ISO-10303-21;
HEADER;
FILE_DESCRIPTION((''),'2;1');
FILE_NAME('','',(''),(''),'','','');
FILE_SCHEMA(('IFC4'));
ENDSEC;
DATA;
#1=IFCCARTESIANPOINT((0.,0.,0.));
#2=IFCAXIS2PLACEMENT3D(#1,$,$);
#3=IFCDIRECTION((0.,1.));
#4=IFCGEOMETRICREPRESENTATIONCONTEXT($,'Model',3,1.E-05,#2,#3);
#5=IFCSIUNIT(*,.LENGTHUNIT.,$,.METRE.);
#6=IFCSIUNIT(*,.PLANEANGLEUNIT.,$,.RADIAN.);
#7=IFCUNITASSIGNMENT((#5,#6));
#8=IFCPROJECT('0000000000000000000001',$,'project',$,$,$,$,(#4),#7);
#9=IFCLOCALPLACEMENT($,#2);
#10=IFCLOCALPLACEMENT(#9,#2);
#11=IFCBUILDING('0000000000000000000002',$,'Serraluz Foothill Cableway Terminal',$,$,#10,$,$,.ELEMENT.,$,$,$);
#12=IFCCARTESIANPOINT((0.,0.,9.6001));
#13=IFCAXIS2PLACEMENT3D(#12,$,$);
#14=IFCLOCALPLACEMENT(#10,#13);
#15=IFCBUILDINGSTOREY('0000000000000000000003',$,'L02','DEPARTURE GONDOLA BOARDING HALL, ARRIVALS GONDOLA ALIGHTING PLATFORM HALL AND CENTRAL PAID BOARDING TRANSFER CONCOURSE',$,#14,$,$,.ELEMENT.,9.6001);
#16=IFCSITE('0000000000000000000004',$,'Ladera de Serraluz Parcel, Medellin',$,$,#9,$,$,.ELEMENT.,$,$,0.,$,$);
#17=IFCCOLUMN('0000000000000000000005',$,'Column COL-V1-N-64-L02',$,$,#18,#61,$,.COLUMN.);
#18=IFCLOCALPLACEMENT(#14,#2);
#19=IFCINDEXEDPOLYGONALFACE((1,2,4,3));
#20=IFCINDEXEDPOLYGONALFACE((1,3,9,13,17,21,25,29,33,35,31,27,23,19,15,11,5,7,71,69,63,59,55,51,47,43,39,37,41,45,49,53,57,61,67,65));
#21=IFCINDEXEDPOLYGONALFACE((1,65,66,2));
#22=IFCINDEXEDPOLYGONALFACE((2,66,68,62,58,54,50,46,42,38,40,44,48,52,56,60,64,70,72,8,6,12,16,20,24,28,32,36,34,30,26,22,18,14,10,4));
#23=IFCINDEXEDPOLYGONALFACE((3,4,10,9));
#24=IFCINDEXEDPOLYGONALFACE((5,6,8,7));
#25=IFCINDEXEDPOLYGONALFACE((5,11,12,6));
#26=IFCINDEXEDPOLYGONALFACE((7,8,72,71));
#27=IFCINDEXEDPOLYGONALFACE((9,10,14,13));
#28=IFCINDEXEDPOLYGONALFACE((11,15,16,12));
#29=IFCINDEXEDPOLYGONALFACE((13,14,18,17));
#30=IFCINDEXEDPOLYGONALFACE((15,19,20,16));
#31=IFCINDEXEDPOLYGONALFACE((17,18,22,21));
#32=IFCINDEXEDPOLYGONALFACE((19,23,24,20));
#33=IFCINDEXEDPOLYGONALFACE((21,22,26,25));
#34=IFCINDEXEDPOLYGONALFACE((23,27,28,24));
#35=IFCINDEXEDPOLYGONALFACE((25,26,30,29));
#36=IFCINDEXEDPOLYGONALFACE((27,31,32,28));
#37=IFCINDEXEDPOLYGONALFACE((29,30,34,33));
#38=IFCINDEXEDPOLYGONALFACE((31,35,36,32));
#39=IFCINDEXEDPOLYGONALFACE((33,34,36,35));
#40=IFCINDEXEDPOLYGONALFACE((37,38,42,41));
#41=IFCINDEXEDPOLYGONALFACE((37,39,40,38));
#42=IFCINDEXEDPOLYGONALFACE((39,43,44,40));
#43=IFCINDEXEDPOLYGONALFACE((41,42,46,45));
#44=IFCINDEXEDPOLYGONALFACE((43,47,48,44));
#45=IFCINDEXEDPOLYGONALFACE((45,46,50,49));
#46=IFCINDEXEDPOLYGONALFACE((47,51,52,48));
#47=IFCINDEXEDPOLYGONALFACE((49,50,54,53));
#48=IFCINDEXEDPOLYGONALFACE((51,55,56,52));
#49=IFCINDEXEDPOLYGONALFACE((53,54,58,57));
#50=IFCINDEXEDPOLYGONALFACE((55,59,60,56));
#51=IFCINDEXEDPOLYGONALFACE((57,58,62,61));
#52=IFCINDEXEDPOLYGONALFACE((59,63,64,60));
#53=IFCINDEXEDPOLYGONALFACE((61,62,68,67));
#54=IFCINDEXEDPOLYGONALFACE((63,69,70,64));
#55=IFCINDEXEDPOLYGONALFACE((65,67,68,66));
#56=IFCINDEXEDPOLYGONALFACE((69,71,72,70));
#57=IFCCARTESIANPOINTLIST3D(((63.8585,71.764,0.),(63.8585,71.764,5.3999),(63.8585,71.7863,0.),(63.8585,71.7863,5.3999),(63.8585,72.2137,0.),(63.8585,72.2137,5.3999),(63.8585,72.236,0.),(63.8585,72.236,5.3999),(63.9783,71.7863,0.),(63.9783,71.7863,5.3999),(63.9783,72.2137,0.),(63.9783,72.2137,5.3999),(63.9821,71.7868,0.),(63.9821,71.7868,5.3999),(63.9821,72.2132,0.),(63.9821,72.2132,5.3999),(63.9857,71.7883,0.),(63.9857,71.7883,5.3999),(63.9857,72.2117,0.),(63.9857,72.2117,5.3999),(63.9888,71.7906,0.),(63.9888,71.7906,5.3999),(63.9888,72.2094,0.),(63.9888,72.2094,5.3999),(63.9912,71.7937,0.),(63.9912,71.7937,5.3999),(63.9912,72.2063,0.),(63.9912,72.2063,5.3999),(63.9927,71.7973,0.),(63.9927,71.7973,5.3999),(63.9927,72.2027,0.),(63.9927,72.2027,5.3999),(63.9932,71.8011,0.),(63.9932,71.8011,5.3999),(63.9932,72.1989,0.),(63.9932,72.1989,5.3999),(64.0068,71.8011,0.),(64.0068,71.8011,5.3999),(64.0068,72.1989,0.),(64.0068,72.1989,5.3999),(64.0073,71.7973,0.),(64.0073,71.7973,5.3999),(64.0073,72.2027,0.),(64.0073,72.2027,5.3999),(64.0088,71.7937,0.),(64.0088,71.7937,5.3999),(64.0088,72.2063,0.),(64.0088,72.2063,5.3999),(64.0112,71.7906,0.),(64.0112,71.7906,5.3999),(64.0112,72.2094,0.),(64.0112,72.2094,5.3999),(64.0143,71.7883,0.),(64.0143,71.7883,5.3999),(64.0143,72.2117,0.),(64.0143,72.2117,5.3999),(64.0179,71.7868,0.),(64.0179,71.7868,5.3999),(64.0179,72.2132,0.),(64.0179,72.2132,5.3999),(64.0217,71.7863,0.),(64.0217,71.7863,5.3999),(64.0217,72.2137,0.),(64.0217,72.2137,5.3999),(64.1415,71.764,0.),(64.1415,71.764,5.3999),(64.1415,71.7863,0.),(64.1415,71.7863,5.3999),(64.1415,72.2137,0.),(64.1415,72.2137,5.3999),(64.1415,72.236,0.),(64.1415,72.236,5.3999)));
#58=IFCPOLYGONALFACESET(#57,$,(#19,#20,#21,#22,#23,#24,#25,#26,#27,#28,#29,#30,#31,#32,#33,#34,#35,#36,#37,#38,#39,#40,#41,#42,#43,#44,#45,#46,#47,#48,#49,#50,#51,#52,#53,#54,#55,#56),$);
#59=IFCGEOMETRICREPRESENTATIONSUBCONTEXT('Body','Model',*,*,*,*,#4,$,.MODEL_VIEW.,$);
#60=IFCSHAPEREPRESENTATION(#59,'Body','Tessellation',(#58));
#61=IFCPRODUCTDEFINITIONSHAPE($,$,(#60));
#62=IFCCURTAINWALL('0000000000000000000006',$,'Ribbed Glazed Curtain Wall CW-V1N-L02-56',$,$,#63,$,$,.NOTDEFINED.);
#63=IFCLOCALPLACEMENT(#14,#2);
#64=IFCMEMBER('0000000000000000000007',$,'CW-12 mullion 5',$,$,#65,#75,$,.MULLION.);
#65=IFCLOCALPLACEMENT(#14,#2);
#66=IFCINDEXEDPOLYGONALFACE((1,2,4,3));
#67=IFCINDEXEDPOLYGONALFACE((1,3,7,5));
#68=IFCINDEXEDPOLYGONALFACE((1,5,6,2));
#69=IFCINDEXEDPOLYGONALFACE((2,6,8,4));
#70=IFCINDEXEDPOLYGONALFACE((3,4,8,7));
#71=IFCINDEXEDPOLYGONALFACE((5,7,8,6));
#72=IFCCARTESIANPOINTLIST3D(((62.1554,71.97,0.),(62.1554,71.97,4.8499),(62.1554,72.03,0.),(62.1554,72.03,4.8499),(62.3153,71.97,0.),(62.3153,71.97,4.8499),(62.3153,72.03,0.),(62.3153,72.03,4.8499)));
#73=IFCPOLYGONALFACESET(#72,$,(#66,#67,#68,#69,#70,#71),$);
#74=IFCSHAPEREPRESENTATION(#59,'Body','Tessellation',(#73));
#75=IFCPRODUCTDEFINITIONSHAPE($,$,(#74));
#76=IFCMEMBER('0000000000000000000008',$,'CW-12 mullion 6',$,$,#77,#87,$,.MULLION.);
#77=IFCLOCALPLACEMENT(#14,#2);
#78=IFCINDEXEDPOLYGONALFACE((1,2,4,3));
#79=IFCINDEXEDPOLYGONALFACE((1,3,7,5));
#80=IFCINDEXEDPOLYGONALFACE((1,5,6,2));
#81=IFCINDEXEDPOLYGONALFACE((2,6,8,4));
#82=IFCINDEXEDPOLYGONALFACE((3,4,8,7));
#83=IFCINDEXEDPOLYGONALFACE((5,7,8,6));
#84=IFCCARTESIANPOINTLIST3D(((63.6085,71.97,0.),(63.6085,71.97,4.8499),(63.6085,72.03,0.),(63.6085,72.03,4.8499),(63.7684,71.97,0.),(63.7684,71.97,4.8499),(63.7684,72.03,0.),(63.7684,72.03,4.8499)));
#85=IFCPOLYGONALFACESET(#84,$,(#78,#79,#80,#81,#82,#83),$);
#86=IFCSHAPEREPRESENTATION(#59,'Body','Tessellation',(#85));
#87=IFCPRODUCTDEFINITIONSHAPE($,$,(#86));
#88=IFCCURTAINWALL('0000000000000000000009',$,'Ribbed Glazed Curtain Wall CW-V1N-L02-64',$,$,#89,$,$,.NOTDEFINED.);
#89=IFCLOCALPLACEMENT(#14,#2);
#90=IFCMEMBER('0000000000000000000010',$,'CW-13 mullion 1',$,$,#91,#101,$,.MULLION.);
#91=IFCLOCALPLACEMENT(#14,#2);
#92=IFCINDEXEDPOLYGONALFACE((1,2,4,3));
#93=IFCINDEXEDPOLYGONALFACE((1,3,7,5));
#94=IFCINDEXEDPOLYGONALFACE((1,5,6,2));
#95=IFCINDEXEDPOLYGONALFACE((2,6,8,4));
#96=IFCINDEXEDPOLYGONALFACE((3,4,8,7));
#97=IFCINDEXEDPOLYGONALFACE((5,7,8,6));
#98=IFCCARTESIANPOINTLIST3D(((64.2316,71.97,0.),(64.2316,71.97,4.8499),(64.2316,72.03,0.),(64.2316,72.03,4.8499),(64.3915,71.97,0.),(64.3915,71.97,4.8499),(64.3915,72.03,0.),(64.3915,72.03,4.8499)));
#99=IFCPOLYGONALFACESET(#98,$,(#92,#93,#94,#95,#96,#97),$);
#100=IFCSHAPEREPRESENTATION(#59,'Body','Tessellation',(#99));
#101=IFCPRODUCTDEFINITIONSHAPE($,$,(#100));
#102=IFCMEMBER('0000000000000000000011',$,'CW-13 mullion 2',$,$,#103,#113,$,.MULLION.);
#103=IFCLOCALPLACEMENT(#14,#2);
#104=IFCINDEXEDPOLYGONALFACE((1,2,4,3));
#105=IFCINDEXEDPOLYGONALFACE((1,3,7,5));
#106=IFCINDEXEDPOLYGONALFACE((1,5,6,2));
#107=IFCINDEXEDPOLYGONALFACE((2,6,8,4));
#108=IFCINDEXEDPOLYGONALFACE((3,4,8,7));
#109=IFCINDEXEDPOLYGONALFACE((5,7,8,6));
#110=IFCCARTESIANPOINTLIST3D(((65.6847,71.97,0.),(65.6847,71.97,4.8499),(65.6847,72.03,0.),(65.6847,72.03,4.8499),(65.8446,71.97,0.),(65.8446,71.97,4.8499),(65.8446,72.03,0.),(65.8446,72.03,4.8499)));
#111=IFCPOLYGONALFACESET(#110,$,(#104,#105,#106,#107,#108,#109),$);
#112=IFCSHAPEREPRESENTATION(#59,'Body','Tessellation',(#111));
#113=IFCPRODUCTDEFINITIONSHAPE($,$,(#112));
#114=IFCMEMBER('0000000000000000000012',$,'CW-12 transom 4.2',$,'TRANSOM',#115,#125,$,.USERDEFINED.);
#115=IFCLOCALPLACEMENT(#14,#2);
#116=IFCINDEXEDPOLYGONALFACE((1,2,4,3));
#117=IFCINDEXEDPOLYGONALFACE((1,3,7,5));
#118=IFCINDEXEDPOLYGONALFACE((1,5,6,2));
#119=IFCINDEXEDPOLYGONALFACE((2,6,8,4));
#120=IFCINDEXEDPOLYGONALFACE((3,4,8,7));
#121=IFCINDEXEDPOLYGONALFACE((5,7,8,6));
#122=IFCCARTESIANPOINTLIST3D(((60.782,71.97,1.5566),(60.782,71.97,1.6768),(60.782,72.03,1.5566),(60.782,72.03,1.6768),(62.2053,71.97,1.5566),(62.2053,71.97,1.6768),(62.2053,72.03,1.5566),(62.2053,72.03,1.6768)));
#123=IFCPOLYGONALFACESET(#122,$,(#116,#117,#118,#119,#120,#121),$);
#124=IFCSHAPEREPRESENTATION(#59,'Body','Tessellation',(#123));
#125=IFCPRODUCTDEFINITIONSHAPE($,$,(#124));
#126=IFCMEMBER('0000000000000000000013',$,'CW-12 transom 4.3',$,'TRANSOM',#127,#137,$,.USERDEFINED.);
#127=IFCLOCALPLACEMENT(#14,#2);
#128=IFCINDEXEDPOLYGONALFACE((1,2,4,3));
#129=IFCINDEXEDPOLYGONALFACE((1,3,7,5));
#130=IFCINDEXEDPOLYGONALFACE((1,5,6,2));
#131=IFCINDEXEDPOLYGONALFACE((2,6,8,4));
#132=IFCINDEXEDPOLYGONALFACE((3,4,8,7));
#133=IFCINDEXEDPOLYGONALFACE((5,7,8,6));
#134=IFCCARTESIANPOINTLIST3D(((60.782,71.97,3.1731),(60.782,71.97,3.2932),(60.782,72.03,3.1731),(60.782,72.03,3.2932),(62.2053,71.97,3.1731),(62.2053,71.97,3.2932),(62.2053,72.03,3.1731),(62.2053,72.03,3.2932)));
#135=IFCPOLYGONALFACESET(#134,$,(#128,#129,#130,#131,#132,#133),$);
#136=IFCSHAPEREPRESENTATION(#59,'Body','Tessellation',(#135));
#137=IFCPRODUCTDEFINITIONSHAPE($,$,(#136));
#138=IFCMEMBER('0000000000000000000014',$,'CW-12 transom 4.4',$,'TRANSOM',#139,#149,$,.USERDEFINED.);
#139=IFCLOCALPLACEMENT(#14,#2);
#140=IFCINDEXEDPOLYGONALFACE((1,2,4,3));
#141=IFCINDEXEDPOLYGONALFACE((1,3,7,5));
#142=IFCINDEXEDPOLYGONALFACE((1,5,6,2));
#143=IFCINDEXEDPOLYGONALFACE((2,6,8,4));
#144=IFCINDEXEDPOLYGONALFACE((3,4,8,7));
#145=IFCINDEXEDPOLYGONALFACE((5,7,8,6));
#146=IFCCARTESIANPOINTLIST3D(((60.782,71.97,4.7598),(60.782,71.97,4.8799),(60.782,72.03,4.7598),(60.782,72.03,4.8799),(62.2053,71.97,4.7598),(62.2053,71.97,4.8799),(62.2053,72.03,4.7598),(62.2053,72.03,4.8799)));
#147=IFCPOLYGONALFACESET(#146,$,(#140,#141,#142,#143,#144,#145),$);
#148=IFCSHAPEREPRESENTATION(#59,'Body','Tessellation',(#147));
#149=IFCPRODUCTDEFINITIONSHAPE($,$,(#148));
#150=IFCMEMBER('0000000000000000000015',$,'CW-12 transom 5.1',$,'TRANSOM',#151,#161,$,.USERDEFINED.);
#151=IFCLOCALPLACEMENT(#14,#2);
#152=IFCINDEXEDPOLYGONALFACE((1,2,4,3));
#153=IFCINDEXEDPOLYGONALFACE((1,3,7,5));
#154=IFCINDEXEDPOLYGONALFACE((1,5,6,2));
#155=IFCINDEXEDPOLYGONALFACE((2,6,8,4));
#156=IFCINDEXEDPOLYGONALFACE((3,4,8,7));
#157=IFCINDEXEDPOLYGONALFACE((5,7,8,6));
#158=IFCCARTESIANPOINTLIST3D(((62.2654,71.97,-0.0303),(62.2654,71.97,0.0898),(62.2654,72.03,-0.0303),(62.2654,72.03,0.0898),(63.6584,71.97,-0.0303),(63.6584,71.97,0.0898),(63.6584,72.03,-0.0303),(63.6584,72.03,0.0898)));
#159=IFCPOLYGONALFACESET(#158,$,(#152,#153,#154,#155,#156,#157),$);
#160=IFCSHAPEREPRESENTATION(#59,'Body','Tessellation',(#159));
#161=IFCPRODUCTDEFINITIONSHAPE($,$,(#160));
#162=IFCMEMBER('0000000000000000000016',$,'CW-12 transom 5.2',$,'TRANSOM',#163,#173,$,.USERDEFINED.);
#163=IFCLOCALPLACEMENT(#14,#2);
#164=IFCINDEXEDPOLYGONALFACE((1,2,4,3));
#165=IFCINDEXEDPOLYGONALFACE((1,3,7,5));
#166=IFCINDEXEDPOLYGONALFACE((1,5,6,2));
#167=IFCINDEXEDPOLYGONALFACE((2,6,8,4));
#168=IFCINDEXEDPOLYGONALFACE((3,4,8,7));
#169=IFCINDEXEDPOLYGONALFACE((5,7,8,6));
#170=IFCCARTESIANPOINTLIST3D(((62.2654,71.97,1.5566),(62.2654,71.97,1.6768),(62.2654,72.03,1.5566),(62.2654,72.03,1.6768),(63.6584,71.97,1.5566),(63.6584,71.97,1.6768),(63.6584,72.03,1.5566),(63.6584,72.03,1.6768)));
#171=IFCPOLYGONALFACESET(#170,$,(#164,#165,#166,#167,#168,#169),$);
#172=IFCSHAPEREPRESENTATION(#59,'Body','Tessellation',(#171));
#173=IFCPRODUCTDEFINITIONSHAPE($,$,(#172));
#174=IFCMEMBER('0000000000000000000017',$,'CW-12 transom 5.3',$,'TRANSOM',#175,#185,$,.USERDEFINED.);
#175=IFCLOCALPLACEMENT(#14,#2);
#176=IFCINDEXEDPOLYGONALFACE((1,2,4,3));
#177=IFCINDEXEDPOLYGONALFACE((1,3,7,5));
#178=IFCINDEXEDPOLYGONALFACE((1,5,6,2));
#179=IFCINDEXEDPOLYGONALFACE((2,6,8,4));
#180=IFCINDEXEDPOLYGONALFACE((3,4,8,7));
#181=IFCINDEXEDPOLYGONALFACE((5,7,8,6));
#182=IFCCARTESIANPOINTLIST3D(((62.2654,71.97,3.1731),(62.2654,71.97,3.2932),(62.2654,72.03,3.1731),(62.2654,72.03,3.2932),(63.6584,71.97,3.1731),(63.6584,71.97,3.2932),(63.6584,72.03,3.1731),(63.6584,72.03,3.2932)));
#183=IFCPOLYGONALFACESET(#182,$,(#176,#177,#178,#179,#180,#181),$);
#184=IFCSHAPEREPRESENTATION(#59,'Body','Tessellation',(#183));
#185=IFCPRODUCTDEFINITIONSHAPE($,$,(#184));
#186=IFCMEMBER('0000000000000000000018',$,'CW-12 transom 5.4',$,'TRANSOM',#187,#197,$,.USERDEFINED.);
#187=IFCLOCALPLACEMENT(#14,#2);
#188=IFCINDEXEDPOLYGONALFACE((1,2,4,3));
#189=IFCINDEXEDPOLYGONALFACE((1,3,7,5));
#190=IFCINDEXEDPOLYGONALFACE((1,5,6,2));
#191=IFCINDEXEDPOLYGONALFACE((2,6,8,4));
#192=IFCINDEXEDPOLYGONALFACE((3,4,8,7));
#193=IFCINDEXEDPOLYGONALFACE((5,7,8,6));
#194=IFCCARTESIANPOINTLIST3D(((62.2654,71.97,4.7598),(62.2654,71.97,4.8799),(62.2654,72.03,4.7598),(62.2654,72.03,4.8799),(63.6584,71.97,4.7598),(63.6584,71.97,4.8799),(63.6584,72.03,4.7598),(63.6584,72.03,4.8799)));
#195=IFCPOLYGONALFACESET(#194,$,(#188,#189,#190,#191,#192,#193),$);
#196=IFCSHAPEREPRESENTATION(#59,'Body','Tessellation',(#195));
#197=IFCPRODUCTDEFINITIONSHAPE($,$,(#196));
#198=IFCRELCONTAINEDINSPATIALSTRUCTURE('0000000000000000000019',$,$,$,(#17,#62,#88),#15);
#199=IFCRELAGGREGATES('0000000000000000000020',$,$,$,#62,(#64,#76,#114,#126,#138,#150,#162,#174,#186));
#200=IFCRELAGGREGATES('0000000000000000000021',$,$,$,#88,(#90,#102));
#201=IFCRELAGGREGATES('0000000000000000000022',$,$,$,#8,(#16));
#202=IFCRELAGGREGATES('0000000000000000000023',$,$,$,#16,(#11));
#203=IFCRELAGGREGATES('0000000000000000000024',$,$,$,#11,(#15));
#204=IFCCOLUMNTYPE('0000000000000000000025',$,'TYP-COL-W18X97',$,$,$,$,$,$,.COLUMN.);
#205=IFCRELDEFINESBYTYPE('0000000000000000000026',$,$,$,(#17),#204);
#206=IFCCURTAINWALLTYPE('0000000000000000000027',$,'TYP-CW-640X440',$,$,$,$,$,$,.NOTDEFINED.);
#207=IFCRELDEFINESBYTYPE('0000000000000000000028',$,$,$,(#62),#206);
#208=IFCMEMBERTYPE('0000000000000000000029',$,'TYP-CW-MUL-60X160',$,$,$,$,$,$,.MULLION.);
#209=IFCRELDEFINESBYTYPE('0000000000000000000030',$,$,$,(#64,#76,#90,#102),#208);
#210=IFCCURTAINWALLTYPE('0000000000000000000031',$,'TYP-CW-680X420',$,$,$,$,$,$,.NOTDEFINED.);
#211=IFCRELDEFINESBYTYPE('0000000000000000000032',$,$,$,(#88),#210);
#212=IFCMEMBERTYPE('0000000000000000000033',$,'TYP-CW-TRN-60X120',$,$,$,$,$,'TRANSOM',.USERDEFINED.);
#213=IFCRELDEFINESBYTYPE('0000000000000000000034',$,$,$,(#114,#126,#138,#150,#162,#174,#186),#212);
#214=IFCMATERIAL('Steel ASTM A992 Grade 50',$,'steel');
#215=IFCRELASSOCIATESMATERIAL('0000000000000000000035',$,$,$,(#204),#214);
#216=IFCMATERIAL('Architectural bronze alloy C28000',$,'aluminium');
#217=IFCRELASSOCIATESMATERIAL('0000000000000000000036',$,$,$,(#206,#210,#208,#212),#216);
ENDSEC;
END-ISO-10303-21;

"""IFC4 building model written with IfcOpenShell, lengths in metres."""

from ifc_helpers import new_model, si_unit, direction, frame, origin, origin_2d, place, context, subcontext, project, spatial, rectangle, i_section, extrude, material, material_profile, profile_set, type_object, element, aggregate, save


model = new_model("IFC4")

# Units and contexts
model_context = context("Model", 3, precision=1e-05, world=origin(), true_north=direction((0.0, 1.0)))
body_context = subcontext(model_context, "Body", "Model", "MODEL_VIEW")
ifc_project = project(units=[si_unit("LENGTHUNIT", "METRE"), si_unit("PLANEANGLEUNIT", "RADIAN")], contexts=[model_context])

# Site, building, storey
site_placement = place(None, origin())
site = spatial("IfcSite", under=ifc_project, at=site_placement, Name="Ladera de Serraluz Parcel, Medellin", CompositionType="ELEMENT", RefElevation=0.0)
building_placement = place(site_placement, origin())
building = spatial("IfcBuilding", under=site, at=building_placement, Name="Serraluz Foothill Cableway Terminal", CompositionType="ELEMENT")
storey_placement = place(building_placement, frame((0.0, 0.0, 9.6001)))
storey = spatial("IfcBuildingStorey", under=building, at=storey_placement, Name="L02", Description="DEPARTURE GONDOLA BOARDING HALL, ARRIVALS GONDOLA ALIGHTING PLATFORM HALL AND CENTRAL PAID BOARDING TRANSFER CONCOURSE", CompositionType="ELEMENT", Elevation=9.6001)

# Column
ifc_material_1 = material(Name="Steel ASTM A992 Grade 50", Category="steel")
ifc_material_profile_1 = material_profile(ifc_material_1, i_section(OverallWidth=0.283, OverallDepth=0.4719, WebThickness=0.0137, FlangeThickness=0.0222, FilletRadius=0.0149, at=origin_2d()), Name="W18X97")
ifc_profile_set_1 = profile_set([ifc_material_profile_1], Name="Steel ASTM A992 Grade 50")
column_type = type_object("IfcColumnType", Name="TYP-COL-W18X97", PredefinedType="COLUMN", material=ifc_profile_set_1)
column_placement = place(storey_placement, frame((64.0, 72.0, 0.0), z_axis=(0.0, 0.0, 1.0), x_axis=(1.0, 0.0, 0.0)))
element("IfcColumn", 1, at=column_placement, inside=storey, type_object=column_type, Name="Column COL-V1-N-64-L02", PredefinedType="COLUMN", context=body_context, shape_type="SweptSolid", body=[
    extrude(i_section(OverallWidth=0.283, OverallDepth=0.4719, WebThickness=0.0137, FlangeThickness=0.0222, FilletRadius=0.0149, at=origin_2d()), origin(), (0.0, 0.0, 1.0), 5.3999),
])

# Curtain walls, members
ifc_material_2 = material(Name="Architectural bronze alloy C28000", Category="aluminium")
curtain_wall_type_1 = type_object("IfcCurtainWallType", Name="TYP-CW-640X440", PredefinedType="NOTDEFINED", material=ifc_material_2)
curtain_wall_1_placement = place(storey_placement, origin())
curtain_wall_1 = element("IfcCurtainWall", 2, at=curtain_wall_1_placement, inside=storey, type_object=curtain_wall_type_1, Name="Ribbed Glazed Curtain Wall CW-V1N-L02-56", PredefinedType="NOTDEFINED")
ifc_material_profile_2 = material_profile(ifc_material_2, rectangle(XDim=0.0601, YDim=0.1599, at=origin_2d()), Name="ALU MULLION 60x160")
ifc_profile_set_2 = profile_set([ifc_material_profile_2], Name="Architectural bronze alloy C28000")
member_type_1 = type_object("IfcMemberType", Name="TYP-CW-MUL-60X160", PredefinedType="MULLION", material=ifc_profile_set_2)
member_1_placement = place(storey_placement, frame((62.2354, 72.0, 0.0), z_axis=(0.0, 0.0, 1.0), x_axis=(0.0, 1.0, 0.0)))
member_1 = element("IfcMember", 3, at=member_1_placement, type_object=member_type_1, Name="CW-12 mullion 5", PredefinedType="MULLION", context=body_context, shape_type="SweptSolid", body=[
    extrude(rectangle(XDim=0.0601, YDim=0.1599, at=origin_2d()), origin(), (0.0, 0.0, 1.0), 4.8499),
])
member_2_placement = place(storey_placement, frame((63.6885, 72.0, 0.0), z_axis=(0.0, 0.0, 1.0), x_axis=(0.0, 1.0, 0.0)))
member_2 = element("IfcMember", 4, at=member_2_placement, type_object=member_type_1, Name="CW-12 mullion 6", PredefinedType="MULLION", context=body_context, shape_type="SweptSolid", body=[
    extrude(rectangle(XDim=0.0601, YDim=0.1599, at=origin_2d()), origin(), (0.0, 0.0, 1.0), 4.8499),
])
curtain_wall_type_2 = type_object("IfcCurtainWallType", Name="TYP-CW-680X420", PredefinedType="NOTDEFINED", material=ifc_material_2)
curtain_wall_2_placement = place(storey_placement, origin())
curtain_wall_2 = element("IfcCurtainWall", 5, at=curtain_wall_2_placement, inside=storey, type_object=curtain_wall_type_2, Name="Ribbed Glazed Curtain Wall CW-V1N-L02-64", PredefinedType="NOTDEFINED")
member_3_placement = place(storey_placement, frame((64.3115, 72.0, 0.0), z_axis=(0.0, 0.0, 1.0), x_axis=(0.0, 1.0, 0.0)))
member_3 = element("IfcMember", 6, at=member_3_placement, type_object=member_type_1, Name="CW-13 mullion 1", PredefinedType="MULLION", context=body_context, shape_type="SweptSolid", body=[
    extrude(rectangle(XDim=0.0601, YDim=0.1599, at=origin_2d()), origin(), (0.0, 0.0, 1.0), 4.8499),
])
member_4_placement = place(storey_placement, frame((65.7646, 72.0, 0.0), z_axis=(0.0, 0.0, 1.0), x_axis=(0.0, 1.0, 0.0)))
member_4 = element("IfcMember", 7, at=member_4_placement, type_object=member_type_1, Name="CW-13 mullion 2", PredefinedType="MULLION", context=body_context, shape_type="SweptSolid", body=[
    extrude(rectangle(XDim=0.0601, YDim=0.1599, at=origin_2d()), origin(), (0.0, 0.0, 1.0), 4.8499),
])

# Members
ifc_material_profile_3 = material_profile(ifc_material_2, rectangle(XDim=0.0601, YDim=0.1201, at=origin_2d()), Name="ALU TRANSOM 60x120")
ifc_profile_set_3 = profile_set([ifc_material_profile_3], Name="Architectural bronze alloy C28000")
member_type_2 = type_object("IfcMemberType", Name="TYP-CW-TRN-60X120", ElementType="TRANSOM", PredefinedType="USERDEFINED", material=ifc_profile_set_3)
member_5_placement = place(storey_placement, frame((60.782, 72.0, 1.6167), z_axis=(1.0, 0.0, 0.0), x_axis=(0.0, 1.0, 0.0)))
member_5 = element("IfcMember", 8, at=member_5_placement, type_object=member_type_2, Name="CW-12 transom 4.2", ObjectType="TRANSOM", PredefinedType="USERDEFINED", context=body_context, shape_type="SweptSolid", body=[
    extrude(rectangle(XDim=0.0601, YDim=0.1201, at=origin_2d()), origin(), (0.0, 0.0, 1.0), 1.4233),
])
member_6_placement = place(storey_placement, frame((60.782, 72.0, 3.2332), z_axis=(1.0, 0.0, 0.0), x_axis=(0.0, 1.0, 0.0)))
member_6 = element("IfcMember", 9, at=member_6_placement, type_object=member_type_2, Name="CW-12 transom 4.3", ObjectType="TRANSOM", PredefinedType="USERDEFINED", context=body_context, shape_type="SweptSolid", body=[
    extrude(rectangle(XDim=0.0601, YDim=0.1201, at=origin_2d()), origin(), (0.0, 0.0, 1.0), 1.4233),
])
member_7_placement = place(storey_placement, frame((60.782, 72.0, 4.8198), z_axis=(1.0, 0.0, 0.0), x_axis=(0.0, 1.0, 0.0)))
member_7 = element("IfcMember", 10, at=member_7_placement, type_object=member_type_2, Name="CW-12 transom 4.4", ObjectType="TRANSOM", PredefinedType="USERDEFINED", context=body_context, shape_type="SweptSolid", body=[
    extrude(rectangle(XDim=0.0601, YDim=0.1201, at=origin_2d()), origin(), (0.0, 0.0, 1.0), 1.4233),
])
member_8_placement = place(storey_placement, frame((62.2654, 72.0, 0.0298), z_axis=(1.0, 0.0, 0.0), x_axis=(0.0, 1.0, 0.0)))
member_8 = element("IfcMember", 11, at=member_8_placement, type_object=member_type_2, Name="CW-12 transom 5.1", ObjectType="TRANSOM", PredefinedType="USERDEFINED", context=body_context, shape_type="SweptSolid", body=[
    extrude(rectangle(XDim=0.0601, YDim=0.1201, at=origin_2d()), origin(), (0.0, 0.0, 1.0), 1.3931),
])
member_9_placement = place(storey_placement, frame((62.2654, 72.0, 1.6167), z_axis=(1.0, 0.0, 0.0), x_axis=(0.0, 1.0, 0.0)))
member_9 = element("IfcMember", 12, at=member_9_placement, type_object=member_type_2, Name="CW-12 transom 5.2", ObjectType="TRANSOM", PredefinedType="USERDEFINED", context=body_context, shape_type="SweptSolid", body=[
    extrude(rectangle(XDim=0.0601, YDim=0.1201, at=origin_2d()), origin(), (0.0, 0.0, 1.0), 1.3931),
])
member_10_placement = place(storey_placement, frame((62.2654, 72.0, 3.2332), z_axis=(1.0, 0.0, 0.0), x_axis=(0.0, 1.0, 0.0)))
member_10 = element("IfcMember", 13, at=member_10_placement, type_object=member_type_2, Name="CW-12 transom 5.3", ObjectType="TRANSOM", PredefinedType="USERDEFINED", context=body_context, shape_type="SweptSolid", body=[
    extrude(rectangle(XDim=0.0601, YDim=0.1201, at=origin_2d()), origin(), (0.0, 0.0, 1.0), 1.3931),
])
member_11_placement = place(storey_placement, frame((62.2654, 72.0, 4.8198), z_axis=(1.0, 0.0, 0.0), x_axis=(0.0, 1.0, 0.0)))
member_11 = element("IfcMember", 14, at=member_11_placement, type_object=member_type_2, Name="CW-12 transom 5.4", ObjectType="TRANSOM", PredefinedType="USERDEFINED", context=body_context, shape_type="SweptSolid", body=[
    extrude(rectangle(XDim=0.0601, YDim=0.1201, at=origin_2d()), origin(), (0.0, 0.0, 1.0), 1.3931),
])

aggregate(curtain_wall_1, [member_1, member_2, member_5, member_6, member_7, member_8, member_9, member_10, member_11])
aggregate(curtain_wall_2, [member_3, member_4])

save(model, "model.ifc")
